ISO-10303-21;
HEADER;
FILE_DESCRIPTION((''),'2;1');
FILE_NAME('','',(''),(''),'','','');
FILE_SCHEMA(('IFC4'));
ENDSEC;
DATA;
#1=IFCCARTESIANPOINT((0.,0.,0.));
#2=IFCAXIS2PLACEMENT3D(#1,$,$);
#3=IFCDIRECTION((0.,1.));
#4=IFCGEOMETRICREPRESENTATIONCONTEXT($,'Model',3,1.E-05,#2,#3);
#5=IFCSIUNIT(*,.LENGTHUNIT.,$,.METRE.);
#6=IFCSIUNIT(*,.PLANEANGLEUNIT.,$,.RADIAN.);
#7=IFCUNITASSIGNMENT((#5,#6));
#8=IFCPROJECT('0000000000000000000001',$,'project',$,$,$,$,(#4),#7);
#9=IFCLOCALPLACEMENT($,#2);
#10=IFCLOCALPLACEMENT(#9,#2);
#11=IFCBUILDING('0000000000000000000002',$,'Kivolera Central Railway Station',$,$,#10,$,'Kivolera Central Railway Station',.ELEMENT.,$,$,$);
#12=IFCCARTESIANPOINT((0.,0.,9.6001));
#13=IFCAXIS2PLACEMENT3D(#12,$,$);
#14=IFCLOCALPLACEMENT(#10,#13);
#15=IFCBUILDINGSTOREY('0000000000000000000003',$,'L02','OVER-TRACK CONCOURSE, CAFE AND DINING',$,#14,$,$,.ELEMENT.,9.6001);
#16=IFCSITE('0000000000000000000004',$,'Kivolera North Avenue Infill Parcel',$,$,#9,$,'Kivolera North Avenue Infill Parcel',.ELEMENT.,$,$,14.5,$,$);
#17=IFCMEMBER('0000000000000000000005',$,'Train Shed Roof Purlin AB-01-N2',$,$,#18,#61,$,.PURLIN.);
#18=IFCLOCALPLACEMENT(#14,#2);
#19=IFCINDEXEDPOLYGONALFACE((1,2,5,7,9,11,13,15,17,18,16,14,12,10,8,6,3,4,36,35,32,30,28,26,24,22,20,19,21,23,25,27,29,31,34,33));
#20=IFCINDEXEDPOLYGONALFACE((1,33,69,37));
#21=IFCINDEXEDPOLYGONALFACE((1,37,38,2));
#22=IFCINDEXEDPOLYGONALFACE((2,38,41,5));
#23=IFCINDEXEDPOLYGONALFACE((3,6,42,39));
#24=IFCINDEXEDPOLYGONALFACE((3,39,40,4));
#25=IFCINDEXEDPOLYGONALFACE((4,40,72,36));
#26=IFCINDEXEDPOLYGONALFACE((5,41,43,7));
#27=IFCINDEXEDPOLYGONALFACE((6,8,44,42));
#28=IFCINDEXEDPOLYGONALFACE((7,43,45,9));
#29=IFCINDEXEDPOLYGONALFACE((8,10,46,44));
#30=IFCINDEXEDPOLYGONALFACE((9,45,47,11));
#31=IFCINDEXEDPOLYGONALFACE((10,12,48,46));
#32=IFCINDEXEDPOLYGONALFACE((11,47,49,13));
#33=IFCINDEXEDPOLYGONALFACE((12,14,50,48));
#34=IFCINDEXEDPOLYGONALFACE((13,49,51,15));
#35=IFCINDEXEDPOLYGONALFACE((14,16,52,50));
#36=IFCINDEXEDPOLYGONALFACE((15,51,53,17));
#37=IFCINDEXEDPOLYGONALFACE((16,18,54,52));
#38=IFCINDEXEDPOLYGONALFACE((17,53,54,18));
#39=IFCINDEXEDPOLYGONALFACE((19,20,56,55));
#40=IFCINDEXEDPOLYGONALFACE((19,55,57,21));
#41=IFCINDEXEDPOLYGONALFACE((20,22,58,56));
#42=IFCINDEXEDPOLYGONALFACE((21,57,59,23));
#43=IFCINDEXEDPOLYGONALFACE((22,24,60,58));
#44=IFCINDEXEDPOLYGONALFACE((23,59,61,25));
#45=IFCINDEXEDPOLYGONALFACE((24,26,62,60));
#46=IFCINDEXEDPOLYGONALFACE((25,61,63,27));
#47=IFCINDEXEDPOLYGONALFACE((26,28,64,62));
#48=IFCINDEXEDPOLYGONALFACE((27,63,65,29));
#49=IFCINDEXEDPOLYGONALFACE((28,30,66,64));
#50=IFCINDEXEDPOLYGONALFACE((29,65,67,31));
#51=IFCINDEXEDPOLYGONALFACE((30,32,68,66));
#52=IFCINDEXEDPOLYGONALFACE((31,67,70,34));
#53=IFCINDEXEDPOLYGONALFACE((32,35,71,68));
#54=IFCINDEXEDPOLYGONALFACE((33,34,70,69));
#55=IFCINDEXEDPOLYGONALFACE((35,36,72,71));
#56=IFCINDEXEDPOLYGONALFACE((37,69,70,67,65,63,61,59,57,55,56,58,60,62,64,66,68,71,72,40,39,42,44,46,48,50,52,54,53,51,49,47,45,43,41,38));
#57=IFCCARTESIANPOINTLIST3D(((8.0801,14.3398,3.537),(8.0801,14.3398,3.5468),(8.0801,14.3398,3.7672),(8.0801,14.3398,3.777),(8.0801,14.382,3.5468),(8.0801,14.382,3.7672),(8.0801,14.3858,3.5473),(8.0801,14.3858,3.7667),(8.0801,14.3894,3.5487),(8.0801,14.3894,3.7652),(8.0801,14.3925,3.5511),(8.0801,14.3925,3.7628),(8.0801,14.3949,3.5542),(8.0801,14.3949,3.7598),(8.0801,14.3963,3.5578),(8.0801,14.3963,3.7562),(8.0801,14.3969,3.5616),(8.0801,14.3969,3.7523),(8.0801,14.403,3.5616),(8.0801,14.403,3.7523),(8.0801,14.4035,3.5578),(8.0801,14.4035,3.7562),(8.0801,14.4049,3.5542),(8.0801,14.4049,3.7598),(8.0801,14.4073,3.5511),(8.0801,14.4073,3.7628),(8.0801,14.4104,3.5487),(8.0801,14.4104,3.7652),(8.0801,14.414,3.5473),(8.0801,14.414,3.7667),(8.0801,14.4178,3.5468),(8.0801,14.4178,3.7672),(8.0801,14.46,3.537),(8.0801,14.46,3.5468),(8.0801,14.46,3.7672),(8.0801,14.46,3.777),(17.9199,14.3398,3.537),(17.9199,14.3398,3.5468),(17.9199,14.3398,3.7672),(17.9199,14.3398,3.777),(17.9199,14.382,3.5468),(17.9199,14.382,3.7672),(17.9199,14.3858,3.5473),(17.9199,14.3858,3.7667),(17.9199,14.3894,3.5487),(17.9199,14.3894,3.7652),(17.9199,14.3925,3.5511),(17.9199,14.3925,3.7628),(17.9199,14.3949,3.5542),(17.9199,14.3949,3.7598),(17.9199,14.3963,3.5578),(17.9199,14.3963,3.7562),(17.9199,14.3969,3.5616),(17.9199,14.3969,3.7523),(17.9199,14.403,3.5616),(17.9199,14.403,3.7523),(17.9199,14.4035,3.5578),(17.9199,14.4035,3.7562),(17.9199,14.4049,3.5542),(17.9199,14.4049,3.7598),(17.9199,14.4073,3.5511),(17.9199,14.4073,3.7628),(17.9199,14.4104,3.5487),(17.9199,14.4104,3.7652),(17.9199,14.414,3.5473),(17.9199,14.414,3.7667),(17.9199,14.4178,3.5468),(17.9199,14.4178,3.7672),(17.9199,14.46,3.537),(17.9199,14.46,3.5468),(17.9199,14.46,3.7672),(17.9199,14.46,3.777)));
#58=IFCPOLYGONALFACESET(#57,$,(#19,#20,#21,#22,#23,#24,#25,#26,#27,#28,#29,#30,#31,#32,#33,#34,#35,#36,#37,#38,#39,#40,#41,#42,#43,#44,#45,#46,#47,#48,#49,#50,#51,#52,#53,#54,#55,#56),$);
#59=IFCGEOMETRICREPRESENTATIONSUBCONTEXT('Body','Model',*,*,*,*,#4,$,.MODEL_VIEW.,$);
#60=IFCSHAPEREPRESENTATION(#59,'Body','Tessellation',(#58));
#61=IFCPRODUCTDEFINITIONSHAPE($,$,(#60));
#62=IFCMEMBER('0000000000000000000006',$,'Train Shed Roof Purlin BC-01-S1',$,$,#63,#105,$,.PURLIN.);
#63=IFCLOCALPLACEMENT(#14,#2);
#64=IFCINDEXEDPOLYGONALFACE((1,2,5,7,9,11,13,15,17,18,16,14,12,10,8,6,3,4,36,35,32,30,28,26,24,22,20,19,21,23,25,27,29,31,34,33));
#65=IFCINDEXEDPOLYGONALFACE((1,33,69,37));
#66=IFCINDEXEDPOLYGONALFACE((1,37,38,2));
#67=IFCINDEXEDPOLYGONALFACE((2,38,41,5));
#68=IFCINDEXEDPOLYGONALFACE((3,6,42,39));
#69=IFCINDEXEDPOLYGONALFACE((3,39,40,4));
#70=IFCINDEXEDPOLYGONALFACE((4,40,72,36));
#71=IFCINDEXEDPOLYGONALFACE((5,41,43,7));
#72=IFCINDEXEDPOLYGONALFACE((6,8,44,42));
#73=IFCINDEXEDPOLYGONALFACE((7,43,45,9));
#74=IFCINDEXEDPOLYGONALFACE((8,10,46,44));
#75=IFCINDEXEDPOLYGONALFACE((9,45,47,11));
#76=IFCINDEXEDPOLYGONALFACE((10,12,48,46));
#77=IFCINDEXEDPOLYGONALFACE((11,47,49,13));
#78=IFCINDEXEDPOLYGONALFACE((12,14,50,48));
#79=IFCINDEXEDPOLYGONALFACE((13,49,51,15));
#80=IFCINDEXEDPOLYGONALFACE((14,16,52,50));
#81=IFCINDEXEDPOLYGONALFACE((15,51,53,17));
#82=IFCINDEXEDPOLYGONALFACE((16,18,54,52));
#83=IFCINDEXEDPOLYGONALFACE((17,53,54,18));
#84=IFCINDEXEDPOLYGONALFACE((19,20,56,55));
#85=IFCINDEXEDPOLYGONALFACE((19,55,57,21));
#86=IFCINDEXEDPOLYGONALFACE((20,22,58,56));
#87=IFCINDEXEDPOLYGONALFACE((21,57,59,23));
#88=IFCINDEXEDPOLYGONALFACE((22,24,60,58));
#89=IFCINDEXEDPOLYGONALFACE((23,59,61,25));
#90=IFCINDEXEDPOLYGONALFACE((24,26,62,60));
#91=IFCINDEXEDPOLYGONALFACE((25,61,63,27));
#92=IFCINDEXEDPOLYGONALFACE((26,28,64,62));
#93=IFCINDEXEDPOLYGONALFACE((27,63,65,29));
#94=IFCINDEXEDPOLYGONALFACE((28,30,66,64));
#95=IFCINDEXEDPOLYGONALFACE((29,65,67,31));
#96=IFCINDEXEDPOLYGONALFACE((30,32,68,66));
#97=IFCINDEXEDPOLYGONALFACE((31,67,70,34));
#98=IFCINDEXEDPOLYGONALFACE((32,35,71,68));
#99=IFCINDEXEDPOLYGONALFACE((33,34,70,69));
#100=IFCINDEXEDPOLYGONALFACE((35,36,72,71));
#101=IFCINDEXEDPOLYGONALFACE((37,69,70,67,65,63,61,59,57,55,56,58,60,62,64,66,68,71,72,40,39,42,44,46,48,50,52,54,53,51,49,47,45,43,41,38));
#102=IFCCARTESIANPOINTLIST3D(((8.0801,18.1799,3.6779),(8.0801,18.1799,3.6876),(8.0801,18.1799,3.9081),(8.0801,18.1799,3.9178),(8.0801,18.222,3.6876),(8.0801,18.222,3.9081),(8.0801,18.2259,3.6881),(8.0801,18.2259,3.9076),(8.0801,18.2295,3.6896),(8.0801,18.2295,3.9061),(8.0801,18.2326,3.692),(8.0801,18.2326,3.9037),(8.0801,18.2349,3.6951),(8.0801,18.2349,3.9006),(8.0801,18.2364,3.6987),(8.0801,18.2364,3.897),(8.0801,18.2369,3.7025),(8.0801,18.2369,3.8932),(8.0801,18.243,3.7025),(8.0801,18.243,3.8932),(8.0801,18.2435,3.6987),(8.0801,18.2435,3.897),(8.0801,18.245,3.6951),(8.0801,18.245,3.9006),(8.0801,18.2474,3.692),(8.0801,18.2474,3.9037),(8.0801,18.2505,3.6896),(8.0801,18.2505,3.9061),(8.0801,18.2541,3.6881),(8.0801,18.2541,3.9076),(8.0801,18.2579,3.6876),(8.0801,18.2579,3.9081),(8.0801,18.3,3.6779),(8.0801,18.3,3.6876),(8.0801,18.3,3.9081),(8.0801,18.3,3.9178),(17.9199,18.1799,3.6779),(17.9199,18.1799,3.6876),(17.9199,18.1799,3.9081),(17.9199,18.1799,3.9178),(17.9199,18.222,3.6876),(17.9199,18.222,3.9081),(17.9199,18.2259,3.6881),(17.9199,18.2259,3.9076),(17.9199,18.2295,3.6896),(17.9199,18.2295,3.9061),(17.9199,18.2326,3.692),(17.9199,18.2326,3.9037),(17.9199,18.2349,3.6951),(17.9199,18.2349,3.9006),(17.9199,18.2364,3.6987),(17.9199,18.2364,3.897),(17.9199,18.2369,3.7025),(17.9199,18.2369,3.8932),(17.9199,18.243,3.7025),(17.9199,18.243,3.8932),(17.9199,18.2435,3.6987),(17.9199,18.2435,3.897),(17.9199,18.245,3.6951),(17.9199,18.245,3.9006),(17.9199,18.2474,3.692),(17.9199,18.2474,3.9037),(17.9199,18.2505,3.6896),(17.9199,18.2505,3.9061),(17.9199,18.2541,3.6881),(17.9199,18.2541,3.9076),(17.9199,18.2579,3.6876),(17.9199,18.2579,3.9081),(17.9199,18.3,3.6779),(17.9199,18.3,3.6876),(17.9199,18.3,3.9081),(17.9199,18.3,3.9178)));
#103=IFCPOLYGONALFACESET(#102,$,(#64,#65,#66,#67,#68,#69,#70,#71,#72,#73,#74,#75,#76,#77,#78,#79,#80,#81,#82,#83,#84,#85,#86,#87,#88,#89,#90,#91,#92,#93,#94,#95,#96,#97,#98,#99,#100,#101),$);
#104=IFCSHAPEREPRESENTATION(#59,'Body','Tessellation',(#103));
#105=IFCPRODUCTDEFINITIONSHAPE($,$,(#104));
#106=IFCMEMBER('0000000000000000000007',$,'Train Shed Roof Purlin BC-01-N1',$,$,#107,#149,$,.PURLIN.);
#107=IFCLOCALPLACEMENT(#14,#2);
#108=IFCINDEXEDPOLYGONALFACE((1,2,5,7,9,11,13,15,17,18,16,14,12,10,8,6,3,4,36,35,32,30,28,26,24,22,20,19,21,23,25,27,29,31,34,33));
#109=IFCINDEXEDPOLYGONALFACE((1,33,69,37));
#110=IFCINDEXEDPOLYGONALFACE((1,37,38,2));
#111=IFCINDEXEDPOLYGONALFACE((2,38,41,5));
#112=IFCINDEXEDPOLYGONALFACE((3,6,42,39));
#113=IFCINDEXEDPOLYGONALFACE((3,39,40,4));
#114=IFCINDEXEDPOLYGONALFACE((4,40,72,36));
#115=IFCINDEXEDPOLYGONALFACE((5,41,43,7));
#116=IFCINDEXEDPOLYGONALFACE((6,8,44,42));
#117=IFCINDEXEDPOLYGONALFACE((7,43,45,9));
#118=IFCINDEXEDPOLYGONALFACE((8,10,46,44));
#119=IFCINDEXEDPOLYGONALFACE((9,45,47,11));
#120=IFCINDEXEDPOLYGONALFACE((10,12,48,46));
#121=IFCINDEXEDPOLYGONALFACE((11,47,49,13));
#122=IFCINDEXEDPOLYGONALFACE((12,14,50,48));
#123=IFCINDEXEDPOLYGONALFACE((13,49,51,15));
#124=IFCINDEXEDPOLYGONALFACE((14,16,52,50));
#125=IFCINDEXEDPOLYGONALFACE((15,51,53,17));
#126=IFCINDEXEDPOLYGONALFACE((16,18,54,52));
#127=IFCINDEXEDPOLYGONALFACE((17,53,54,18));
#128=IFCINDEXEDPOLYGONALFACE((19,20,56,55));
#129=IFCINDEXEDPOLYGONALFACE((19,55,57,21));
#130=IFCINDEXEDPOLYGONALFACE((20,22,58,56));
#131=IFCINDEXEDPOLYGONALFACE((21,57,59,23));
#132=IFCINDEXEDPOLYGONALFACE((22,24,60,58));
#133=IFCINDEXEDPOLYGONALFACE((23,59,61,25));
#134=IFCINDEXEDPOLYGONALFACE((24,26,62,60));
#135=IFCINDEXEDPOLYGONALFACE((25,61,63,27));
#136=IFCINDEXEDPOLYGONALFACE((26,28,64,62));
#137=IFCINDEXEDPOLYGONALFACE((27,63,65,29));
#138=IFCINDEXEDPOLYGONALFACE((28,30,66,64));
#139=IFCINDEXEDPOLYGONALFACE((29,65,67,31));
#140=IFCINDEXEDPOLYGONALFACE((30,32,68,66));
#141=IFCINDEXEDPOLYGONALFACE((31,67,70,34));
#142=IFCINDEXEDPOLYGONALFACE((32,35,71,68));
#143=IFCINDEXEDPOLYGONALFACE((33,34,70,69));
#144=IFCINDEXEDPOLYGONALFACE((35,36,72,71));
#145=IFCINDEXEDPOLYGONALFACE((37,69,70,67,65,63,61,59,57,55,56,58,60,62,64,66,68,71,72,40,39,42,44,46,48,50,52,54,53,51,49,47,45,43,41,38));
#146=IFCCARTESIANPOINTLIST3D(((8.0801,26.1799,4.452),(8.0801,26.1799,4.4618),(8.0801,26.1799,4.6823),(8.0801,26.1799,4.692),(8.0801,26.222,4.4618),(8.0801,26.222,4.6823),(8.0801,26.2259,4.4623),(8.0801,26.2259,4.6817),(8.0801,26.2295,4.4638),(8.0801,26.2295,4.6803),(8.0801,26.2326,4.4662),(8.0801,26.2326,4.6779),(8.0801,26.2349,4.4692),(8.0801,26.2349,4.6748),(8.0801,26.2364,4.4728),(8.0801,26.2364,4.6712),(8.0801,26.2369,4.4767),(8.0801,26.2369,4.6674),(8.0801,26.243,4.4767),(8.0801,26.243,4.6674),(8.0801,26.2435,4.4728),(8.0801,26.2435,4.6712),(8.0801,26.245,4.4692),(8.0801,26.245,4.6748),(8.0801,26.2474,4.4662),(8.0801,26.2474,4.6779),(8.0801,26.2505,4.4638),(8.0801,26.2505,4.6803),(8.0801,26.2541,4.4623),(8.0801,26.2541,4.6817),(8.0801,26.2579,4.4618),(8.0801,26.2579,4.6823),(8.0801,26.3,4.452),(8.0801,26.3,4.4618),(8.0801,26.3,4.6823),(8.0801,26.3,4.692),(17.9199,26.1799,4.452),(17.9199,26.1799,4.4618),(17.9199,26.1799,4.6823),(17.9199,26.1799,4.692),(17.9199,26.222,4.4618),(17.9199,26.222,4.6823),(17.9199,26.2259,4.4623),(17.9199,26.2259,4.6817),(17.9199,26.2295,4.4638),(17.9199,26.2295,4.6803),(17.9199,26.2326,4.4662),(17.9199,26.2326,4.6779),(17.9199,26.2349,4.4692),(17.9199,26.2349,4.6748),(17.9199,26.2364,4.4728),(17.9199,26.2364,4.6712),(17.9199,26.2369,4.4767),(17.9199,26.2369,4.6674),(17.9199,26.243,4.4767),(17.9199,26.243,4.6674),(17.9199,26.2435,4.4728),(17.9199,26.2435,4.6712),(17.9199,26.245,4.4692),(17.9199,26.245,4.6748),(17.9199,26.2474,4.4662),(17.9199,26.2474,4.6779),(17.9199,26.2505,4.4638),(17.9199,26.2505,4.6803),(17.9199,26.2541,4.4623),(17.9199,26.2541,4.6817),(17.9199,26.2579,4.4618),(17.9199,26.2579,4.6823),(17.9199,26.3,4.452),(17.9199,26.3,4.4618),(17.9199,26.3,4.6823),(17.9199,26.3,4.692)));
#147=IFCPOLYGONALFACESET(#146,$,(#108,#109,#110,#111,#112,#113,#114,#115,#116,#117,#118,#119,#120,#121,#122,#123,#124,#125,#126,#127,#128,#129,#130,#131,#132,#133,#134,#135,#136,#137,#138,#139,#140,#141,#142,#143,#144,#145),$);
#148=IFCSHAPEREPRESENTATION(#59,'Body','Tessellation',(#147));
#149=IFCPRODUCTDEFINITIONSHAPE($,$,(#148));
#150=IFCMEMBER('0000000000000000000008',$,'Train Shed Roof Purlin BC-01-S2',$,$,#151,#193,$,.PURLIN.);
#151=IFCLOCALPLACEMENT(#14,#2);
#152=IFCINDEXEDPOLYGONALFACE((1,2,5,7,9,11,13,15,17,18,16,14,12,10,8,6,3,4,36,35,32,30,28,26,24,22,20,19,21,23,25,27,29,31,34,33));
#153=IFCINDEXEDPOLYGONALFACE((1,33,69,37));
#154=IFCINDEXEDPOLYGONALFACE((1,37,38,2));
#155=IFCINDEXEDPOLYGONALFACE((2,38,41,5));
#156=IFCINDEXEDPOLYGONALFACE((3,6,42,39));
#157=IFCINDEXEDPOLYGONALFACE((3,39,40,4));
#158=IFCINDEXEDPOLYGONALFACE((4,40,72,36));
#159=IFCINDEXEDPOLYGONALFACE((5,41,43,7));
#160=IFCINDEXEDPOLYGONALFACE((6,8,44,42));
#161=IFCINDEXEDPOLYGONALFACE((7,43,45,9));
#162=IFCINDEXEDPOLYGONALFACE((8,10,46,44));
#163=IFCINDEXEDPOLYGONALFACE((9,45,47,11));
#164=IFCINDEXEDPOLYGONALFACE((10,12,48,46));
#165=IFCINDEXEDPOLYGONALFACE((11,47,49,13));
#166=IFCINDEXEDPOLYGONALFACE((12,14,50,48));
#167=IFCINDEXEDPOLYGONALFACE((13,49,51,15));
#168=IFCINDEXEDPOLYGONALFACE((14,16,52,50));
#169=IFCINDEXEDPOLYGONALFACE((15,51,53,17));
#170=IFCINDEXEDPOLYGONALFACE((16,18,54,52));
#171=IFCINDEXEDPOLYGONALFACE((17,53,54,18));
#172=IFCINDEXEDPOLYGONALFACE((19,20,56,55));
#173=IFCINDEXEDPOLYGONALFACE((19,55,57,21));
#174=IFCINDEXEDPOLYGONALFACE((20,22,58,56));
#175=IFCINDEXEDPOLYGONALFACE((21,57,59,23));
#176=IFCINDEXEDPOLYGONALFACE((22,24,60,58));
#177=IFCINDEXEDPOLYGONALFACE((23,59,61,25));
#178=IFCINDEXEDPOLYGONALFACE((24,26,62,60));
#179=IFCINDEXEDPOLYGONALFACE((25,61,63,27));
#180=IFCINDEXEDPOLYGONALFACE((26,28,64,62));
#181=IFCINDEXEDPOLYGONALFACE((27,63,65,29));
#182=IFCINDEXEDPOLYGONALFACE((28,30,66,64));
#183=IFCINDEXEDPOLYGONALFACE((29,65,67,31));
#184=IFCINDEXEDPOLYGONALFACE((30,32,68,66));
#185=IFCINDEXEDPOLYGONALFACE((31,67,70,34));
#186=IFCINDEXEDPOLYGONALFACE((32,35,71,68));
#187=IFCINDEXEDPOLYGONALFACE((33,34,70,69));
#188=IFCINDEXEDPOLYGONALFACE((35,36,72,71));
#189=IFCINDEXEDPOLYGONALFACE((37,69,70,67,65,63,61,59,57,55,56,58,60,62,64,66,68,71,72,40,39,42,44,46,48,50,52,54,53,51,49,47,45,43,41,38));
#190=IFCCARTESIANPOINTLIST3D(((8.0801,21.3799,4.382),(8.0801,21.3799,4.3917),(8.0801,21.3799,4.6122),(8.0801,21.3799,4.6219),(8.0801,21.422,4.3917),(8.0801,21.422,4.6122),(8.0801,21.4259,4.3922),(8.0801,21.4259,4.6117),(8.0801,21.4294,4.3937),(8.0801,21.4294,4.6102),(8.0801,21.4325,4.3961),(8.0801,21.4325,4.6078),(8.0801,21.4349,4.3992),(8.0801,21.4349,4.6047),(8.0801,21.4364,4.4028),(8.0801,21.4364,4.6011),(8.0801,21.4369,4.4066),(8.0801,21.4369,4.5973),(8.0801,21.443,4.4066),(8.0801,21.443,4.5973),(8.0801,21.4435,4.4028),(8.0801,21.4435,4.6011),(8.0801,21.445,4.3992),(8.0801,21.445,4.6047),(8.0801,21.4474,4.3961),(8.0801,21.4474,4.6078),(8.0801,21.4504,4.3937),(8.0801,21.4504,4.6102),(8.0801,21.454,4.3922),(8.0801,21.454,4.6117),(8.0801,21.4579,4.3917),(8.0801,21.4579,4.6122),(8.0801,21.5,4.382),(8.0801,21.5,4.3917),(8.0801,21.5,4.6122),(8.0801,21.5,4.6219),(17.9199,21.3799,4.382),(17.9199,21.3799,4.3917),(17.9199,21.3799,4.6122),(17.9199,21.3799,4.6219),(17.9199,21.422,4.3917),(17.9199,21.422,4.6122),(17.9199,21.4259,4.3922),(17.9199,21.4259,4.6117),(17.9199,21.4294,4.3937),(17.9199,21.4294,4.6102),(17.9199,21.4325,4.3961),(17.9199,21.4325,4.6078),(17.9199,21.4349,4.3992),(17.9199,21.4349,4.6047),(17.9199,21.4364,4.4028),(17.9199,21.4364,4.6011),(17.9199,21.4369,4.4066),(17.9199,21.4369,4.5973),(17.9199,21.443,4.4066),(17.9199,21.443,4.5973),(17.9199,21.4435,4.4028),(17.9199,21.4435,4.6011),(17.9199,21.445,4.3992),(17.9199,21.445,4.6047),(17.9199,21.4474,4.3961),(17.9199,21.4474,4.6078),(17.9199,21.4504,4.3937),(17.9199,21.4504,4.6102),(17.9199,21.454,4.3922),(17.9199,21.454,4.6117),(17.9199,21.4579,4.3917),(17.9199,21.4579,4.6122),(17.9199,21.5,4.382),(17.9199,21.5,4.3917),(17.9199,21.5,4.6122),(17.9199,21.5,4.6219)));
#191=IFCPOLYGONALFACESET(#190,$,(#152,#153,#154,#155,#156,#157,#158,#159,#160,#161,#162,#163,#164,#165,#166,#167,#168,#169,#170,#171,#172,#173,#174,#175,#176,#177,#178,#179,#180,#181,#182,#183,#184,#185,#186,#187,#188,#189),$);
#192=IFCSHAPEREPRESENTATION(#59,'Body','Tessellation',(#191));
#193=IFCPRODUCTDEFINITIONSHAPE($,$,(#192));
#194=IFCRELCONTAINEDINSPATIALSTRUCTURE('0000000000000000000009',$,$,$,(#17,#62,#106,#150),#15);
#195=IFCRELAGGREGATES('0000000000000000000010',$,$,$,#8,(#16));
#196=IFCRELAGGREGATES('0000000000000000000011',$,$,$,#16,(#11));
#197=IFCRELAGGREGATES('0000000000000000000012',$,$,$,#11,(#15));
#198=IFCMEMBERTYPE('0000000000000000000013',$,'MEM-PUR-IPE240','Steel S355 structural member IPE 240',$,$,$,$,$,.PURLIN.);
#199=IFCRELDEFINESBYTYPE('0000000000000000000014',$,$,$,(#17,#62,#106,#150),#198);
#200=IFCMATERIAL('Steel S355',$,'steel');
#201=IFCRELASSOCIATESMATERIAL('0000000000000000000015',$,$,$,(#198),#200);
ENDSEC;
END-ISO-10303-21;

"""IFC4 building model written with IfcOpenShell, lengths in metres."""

from ifc_helpers import new_model, si_unit, direction, frame, origin, origin_2d, place, context, subcontext, project, spatial, i_section, extrude, material, material_profile, profile_set, type_object, element, save


model = new_model("IFC4")

# Units and contexts
model_context = context("Model", 3, precision=1e-05, world=origin(), true_north=direction((0.0, 1.0)))
body_context = subcontext(model_context, "Body", "Model", "MODEL_VIEW")
ifc_project = project(units=[si_unit("LENGTHUNIT", "METRE"), si_unit("PLANEANGLEUNIT", "RADIAN")], contexts=[model_context])

# Site, building, storey
site_placement = place(None, origin())
site = spatial("IfcSite", under=ifc_project, at=site_placement, Name="Kivolera North Avenue Infill Parcel", LongName="Kivolera North Avenue Infill Parcel", CompositionType="ELEMENT", RefElevation=14.5)
building_placement = place(site_placement, origin())
building = spatial("IfcBuilding", under=site, at=building_placement, Name="Kivolera Central Railway Station", LongName="Kivolera Central Railway Station", CompositionType="ELEMENT")
storey_placement = place(building_placement, frame((0.0, 0.0, 9.6001)))
storey = spatial("IfcBuildingStorey", under=building, at=storey_placement, Name="L02", Description="OVER-TRACK CONCOURSE, CAFE AND DINING", CompositionType="ELEMENT", Elevation=9.6001)

# Shared definitions
ifc_material_1 = material(Name="Steel S355", Category="steel")

# Members
ifc_material_profile_1 = material_profile(ifc_material_1, i_section(OverallWidth=0.1201, OverallDepth=0.24, WebThickness=0.0061, FlangeThickness=0.0098, FilletRadius=0.0149, at=origin_2d()), Name="IPE 240")
ifc_profile_set_1 = profile_set([ifc_material_profile_1], Name="Steel S355")
member_type_1 = type_object("IfcMemberType", Name="MEM-PUR-IPE240", Description="Steel S355 structural member IPE 240", PredefinedType="PURLIN", material=ifc_profile_set_1)
for number, where, z_axis, x_axis, name in (
    (1, (8.0801, 14.3999, 3.657), (1.0, 0.0, 0.0), (0.0, 1.0, 0.0), "Train Shed Roof Purlin AB-01-N2"),
    (2, (8.0801, 18.24, 3.7979), (1.0, 0.0, 0.0), (0.0, 1.0, 0.0), "Train Shed Roof Purlin BC-01-S1"),
    (3, (8.0801, 26.24, 4.572), (1.0, 0.0, 0.0), (0.0, 1.0, 0.0), "Train Shed Roof Purlin BC-01-N1"),
    (4, (8.0801, 21.4399, 4.502), (1.0, 0.0, 0.0), (0.0, 1.0, 0.0), "Train Shed Roof Purlin BC-01-S2"),
):
    element("IfcMember", number, at=place(storey_placement, frame(where, z_axis=z_axis, x_axis=x_axis)), inside=storey, type_object=member_type_1, Name=name, PredefinedType="PURLIN", context=body_context, shape_type="SweptSolid", body=[
        extrude(i_section(OverallWidth=0.1201, OverallDepth=0.24, WebThickness=0.0061, FlangeThickness=0.0098, FilletRadius=0.0149, at=origin_2d()), origin(), (0.0, 0.0, 1.0), 9.8398),
    ])

save(model, "model.ifc")
